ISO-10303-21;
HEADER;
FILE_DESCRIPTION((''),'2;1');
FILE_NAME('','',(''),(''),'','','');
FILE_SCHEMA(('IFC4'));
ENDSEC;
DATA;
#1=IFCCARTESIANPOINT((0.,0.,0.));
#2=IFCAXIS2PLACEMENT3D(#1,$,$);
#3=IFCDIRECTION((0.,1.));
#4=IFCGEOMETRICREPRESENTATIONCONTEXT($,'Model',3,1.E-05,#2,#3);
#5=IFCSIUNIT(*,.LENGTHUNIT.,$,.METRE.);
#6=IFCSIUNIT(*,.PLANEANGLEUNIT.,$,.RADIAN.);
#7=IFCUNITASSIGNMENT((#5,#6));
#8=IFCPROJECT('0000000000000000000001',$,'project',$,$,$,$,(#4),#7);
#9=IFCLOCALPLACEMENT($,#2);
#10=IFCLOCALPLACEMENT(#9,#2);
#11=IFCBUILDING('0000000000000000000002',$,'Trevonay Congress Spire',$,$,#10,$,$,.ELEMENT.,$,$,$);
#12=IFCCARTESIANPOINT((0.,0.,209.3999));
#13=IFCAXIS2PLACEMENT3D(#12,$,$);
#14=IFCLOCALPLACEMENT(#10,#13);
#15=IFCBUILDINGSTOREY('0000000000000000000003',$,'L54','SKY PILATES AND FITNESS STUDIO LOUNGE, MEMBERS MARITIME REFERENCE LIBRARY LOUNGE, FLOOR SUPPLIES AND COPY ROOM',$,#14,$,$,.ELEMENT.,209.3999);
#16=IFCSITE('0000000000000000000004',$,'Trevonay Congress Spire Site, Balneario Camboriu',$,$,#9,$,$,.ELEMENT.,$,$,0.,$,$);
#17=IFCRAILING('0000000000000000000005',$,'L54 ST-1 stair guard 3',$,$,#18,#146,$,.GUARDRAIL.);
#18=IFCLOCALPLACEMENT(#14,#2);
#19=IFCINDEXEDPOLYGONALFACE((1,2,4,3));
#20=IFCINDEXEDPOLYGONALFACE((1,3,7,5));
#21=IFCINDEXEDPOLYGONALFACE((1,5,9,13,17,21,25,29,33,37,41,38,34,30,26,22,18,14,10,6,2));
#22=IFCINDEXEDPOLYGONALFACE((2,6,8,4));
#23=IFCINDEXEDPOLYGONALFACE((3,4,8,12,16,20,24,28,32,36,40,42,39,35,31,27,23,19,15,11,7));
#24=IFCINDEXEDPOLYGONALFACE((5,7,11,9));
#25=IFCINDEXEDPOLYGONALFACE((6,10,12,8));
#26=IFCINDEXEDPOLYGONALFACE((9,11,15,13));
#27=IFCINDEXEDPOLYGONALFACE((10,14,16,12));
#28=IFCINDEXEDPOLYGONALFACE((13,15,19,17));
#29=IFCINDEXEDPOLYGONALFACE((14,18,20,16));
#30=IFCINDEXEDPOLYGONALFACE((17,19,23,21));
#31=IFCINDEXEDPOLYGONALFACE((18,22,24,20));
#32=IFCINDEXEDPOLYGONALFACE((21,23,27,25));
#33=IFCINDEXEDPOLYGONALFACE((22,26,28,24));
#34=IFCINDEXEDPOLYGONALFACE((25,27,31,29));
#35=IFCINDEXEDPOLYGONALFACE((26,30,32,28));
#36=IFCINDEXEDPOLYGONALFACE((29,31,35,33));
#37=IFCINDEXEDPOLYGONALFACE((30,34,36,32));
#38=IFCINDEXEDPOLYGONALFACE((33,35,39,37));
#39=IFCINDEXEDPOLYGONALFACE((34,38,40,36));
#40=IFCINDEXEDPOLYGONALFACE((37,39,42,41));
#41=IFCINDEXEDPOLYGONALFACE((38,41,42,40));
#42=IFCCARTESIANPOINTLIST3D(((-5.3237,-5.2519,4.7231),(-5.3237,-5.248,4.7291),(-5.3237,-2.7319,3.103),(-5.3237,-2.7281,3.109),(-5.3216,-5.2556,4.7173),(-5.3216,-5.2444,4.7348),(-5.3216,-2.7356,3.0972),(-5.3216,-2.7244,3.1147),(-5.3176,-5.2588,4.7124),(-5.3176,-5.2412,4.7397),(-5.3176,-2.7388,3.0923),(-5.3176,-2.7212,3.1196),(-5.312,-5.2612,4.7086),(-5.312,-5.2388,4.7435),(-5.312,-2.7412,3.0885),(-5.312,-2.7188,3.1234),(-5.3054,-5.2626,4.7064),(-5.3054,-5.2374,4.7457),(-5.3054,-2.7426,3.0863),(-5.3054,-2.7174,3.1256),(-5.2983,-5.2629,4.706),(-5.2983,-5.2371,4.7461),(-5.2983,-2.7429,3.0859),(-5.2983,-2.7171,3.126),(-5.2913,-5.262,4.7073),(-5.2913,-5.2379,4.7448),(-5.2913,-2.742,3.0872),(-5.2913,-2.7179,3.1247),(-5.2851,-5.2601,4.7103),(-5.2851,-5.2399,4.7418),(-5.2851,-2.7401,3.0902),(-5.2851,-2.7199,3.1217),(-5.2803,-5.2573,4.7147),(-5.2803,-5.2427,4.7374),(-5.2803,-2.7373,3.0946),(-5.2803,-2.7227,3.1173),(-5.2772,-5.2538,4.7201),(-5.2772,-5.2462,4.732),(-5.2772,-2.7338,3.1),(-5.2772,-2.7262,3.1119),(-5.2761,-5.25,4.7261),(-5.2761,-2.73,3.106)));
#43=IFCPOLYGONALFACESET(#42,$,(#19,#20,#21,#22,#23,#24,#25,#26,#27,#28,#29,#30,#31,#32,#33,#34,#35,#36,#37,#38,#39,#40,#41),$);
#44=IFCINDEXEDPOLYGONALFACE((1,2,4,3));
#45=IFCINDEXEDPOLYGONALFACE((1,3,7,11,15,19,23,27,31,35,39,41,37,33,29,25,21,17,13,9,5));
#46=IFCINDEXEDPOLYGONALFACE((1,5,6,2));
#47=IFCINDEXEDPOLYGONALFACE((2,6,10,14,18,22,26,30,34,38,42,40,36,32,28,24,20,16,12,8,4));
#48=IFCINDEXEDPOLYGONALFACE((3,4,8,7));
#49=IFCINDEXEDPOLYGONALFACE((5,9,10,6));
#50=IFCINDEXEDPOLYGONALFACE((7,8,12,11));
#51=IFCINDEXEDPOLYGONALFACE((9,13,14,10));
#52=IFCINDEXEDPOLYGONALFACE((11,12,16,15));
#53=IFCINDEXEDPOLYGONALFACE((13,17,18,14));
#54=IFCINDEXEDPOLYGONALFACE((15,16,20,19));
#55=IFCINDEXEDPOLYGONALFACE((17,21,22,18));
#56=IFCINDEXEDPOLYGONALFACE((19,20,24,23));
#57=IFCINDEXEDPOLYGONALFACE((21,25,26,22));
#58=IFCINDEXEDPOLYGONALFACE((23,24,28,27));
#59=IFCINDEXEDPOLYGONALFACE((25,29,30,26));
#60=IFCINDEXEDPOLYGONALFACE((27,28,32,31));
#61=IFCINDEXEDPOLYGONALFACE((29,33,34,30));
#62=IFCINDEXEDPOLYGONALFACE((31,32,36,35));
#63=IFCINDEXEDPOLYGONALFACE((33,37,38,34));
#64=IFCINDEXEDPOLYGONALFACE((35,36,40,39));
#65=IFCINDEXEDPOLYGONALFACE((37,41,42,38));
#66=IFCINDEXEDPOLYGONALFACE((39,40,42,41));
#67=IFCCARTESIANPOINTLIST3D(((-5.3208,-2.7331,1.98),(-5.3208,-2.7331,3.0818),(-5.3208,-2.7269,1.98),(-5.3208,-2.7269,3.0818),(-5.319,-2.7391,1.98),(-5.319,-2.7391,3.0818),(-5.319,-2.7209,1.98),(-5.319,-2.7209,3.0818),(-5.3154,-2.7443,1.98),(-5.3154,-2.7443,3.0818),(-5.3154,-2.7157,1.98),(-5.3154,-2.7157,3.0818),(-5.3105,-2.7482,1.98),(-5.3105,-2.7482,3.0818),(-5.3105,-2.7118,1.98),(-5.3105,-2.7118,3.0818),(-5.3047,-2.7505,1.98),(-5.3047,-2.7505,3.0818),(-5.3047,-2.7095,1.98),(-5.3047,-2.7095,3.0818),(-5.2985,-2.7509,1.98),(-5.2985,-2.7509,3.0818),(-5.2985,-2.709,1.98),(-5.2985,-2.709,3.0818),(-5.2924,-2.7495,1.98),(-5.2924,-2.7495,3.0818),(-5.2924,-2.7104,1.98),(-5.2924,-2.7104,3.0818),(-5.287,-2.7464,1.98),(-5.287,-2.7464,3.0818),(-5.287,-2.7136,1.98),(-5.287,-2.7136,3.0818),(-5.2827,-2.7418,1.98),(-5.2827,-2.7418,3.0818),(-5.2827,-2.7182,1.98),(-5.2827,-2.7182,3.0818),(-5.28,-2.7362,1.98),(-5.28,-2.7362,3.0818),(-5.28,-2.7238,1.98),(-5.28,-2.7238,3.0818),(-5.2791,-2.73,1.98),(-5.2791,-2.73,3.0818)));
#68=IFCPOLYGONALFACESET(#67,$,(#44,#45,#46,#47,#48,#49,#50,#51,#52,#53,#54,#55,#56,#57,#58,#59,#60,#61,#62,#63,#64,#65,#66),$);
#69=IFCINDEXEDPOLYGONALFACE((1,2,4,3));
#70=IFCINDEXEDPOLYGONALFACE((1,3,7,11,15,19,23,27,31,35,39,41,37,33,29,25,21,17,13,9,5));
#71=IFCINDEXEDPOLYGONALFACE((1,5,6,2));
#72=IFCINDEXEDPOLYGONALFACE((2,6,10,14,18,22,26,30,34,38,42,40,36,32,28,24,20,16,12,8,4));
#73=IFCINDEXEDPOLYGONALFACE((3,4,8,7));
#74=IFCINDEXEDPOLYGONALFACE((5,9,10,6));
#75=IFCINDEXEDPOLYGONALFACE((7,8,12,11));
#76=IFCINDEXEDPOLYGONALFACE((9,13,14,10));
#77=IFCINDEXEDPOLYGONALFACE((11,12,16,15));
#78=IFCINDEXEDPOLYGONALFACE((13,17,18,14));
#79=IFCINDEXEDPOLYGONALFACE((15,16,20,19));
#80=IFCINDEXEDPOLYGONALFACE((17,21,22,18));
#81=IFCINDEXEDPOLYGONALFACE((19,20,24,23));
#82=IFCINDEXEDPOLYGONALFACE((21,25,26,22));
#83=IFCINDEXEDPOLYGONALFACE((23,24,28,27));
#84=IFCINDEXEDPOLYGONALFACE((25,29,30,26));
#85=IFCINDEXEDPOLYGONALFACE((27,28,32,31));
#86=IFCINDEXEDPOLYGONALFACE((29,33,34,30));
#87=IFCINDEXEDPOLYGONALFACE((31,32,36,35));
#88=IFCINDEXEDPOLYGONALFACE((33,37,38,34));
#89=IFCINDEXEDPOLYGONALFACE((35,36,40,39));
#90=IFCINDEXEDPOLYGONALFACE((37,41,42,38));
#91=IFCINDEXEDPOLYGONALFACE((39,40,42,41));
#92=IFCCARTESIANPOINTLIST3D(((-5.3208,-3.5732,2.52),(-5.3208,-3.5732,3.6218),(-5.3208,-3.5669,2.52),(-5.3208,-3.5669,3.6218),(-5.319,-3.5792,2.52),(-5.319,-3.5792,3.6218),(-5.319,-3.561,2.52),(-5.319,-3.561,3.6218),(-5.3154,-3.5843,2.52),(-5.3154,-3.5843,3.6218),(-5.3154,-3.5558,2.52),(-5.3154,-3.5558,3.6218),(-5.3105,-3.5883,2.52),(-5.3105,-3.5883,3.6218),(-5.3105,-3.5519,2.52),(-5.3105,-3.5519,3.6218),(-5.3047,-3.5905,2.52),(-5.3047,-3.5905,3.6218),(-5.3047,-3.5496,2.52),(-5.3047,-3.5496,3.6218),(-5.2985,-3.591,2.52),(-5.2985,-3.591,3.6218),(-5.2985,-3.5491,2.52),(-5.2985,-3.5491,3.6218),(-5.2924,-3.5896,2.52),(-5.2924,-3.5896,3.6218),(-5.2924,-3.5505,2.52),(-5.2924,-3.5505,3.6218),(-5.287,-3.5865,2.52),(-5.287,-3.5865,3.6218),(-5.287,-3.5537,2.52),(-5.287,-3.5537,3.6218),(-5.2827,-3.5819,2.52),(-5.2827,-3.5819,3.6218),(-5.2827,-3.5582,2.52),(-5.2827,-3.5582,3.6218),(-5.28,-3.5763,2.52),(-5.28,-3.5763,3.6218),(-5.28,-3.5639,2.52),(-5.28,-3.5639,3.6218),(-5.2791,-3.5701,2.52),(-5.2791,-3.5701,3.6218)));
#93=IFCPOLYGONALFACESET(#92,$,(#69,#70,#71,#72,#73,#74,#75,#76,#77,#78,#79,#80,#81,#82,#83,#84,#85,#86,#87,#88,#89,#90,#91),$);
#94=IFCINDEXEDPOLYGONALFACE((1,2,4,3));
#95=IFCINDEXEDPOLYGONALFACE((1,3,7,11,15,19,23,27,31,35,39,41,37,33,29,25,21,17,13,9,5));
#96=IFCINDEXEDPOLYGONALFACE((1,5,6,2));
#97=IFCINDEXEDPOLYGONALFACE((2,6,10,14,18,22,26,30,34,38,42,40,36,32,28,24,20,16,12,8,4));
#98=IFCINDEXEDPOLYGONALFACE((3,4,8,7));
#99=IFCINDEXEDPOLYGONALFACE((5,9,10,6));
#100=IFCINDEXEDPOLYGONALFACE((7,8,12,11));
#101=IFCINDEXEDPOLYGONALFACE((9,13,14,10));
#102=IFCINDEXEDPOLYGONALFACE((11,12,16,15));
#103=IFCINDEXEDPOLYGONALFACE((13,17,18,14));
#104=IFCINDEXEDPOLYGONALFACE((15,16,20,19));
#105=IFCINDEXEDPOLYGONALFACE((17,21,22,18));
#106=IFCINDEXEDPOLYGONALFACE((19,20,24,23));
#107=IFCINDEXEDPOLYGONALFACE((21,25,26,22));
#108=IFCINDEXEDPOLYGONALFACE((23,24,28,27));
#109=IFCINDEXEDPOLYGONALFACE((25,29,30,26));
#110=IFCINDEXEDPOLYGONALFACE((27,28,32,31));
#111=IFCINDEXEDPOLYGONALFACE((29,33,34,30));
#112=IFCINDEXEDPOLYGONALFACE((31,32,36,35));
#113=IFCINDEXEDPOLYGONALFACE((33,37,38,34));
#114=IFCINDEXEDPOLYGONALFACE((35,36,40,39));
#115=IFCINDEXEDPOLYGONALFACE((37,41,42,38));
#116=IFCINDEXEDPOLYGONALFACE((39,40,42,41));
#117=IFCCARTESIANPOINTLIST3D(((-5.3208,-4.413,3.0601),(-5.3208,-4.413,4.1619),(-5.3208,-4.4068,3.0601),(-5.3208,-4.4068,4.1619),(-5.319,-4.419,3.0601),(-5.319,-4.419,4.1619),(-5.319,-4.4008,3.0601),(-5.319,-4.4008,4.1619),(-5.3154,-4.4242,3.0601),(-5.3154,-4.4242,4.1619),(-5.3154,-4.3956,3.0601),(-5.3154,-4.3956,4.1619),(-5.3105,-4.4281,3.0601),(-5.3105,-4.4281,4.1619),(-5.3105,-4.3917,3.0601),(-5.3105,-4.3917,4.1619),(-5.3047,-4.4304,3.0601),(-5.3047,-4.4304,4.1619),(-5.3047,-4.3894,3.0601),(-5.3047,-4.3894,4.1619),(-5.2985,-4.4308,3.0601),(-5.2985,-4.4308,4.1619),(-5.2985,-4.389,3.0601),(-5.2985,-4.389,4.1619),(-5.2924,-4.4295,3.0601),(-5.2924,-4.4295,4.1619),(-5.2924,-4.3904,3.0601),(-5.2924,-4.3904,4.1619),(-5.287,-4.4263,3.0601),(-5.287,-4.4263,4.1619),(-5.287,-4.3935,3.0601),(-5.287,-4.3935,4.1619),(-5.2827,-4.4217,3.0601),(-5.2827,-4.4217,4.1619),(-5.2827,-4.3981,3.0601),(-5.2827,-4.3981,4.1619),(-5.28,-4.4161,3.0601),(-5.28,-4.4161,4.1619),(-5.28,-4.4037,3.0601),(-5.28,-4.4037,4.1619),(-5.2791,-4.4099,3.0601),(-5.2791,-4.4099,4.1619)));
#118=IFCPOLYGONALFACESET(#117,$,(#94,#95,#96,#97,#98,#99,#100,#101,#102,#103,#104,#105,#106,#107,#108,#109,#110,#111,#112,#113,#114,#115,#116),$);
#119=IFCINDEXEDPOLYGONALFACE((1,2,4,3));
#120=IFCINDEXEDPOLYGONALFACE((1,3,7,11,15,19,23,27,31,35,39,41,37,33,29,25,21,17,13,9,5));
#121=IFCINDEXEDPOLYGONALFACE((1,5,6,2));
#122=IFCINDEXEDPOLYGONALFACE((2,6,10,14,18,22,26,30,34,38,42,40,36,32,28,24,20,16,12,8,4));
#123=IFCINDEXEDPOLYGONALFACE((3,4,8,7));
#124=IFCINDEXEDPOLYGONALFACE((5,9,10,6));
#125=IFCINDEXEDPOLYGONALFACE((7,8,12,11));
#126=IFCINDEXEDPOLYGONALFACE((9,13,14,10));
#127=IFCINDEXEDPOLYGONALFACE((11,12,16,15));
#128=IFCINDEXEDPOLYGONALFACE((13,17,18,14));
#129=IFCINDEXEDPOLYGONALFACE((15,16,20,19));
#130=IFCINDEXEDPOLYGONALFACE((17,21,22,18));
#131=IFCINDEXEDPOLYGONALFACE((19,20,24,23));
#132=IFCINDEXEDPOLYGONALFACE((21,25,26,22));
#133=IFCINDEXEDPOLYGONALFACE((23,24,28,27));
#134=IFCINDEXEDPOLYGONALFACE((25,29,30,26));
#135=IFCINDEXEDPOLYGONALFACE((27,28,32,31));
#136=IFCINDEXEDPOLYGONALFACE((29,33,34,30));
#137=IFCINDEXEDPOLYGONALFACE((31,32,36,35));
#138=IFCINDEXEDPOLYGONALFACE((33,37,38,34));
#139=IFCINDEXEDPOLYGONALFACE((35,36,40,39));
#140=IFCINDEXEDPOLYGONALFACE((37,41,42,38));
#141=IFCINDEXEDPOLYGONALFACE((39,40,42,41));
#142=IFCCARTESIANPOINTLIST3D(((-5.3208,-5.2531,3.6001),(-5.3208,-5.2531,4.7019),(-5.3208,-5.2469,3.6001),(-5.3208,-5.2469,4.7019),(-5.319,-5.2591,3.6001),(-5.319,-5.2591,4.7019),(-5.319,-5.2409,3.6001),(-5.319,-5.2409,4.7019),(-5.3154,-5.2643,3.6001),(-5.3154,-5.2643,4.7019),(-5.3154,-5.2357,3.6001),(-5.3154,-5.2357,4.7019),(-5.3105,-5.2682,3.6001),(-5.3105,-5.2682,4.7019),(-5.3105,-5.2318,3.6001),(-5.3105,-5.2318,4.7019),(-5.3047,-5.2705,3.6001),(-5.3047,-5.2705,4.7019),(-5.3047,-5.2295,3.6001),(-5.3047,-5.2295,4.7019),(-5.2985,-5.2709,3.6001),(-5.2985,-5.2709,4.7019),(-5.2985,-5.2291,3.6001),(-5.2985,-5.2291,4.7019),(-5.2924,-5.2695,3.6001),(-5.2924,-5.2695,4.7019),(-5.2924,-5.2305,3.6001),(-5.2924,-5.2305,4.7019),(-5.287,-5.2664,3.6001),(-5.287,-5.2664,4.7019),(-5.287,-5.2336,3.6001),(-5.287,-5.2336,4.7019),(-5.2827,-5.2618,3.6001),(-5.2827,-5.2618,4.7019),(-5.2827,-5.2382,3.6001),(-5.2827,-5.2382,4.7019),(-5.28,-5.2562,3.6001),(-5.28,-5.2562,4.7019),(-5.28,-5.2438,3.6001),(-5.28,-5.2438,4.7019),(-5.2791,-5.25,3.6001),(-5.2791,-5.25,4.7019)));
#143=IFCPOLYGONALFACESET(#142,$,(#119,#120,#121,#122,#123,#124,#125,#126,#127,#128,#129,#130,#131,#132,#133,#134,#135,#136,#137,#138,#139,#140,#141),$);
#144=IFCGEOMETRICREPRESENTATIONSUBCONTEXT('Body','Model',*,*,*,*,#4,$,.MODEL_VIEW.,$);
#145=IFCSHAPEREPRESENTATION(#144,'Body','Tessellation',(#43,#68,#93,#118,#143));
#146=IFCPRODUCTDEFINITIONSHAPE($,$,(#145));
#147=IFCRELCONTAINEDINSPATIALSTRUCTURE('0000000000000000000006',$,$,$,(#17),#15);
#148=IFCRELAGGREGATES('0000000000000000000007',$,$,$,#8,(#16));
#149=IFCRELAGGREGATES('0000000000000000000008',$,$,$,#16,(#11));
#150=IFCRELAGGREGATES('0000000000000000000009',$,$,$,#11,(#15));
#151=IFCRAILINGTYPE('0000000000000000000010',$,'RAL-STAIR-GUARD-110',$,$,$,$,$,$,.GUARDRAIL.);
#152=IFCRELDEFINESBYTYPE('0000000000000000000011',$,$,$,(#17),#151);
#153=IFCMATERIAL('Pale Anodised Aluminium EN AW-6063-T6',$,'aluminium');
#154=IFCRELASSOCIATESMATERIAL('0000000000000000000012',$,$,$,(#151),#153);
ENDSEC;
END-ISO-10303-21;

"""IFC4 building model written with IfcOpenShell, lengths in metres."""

from ifc_helpers import new_model, si_unit, direction, frame, origin, origin_2d, place, context, subcontext, project, spatial, circle, extrude, material, type_object, element, save


model = new_model("IFC4")

# Units and contexts
model_context = context("Model", 3, precision=1e-05, world=origin(), true_north=direction((0.0, 1.0)))
body_context = subcontext(model_context, "Body", "Model", "MODEL_VIEW")
ifc_project = project(units=[si_unit("LENGTHUNIT", "METRE"), si_unit("PLANEANGLEUNIT", "RADIAN")], contexts=[model_context])

# Site, building, storey
site_placement = place(None, origin())
site = spatial("IfcSite", under=ifc_project, at=site_placement, Name="Trevonay Congress Spire Site, Balneario Camboriu", CompositionType="ELEMENT", RefElevation=0.0)
building_placement = place(site_placement, origin())
building = spatial("IfcBuilding", under=site, at=building_placement, Name="Trevonay Congress Spire", CompositionType="ELEMENT")
storey_placement = place(building_placement, frame((0.0, 0.0, 209.3999)))
storey = spatial("IfcBuildingStorey", under=building, at=storey_placement, Name="L54", Description="SKY PILATES AND FITNESS STUDIO LOUNGE, MEMBERS MARITIME REFERENCE LIBRARY LOUNGE, FLOOR SUPPLIES AND COPY ROOM", CompositionType="ELEMENT", Elevation=209.3999)

# Railing
ifc_material_1 = material(Name="Pale Anodised Aluminium EN AW-6063-T6", Category="aluminium")
railing_type_1 = type_object("IfcRailingType", Name="RAL-STAIR-GUARD-110", PredefinedType="GUARDRAIL", material=ifc_material_1)
railing_1_placement = place(storey_placement, frame((-5.3, -2.73, 1.98)))
element("IfcRailing", 1, at=railing_1_placement, inside=storey, type_object=railing_type_1, Name="L54 ST-1 stair guard 3", PredefinedType="GUARDRAIL", context=body_context, shape_type="SweptSolid", body=[
    extrude(circle(Radius=0.0239, at=origin_2d()), frame((0.0, 0.0, 1.126), z_axis=(0.0, -0.841163, 0.540782), x_axis=(1.0, 0.0, 0.0)), (0.0, 0.0, 1.0), 2.9958),
    extrude(circle(Radius=0.021, at=origin_2d()), origin(), (0.0, 0.0, 1.0), 1.1018),
    extrude(circle(Radius=0.021, at=origin_2d()), frame((0.0, -0.8401, 0.54)), (0.0, 0.0, 1.0), 1.1018),
    extrude(circle(Radius=0.021, at=origin_2d()), frame((0.0, -1.6799, 1.0801)), (0.0, 0.0, 1.0), 1.1018),
    extrude(circle(Radius=0.021, at=origin_2d()), frame((0.0, -2.52, 1.6201)), (0.0, 0.0, 1.0), 1.1018),
])

save(model, "model.ifc")
